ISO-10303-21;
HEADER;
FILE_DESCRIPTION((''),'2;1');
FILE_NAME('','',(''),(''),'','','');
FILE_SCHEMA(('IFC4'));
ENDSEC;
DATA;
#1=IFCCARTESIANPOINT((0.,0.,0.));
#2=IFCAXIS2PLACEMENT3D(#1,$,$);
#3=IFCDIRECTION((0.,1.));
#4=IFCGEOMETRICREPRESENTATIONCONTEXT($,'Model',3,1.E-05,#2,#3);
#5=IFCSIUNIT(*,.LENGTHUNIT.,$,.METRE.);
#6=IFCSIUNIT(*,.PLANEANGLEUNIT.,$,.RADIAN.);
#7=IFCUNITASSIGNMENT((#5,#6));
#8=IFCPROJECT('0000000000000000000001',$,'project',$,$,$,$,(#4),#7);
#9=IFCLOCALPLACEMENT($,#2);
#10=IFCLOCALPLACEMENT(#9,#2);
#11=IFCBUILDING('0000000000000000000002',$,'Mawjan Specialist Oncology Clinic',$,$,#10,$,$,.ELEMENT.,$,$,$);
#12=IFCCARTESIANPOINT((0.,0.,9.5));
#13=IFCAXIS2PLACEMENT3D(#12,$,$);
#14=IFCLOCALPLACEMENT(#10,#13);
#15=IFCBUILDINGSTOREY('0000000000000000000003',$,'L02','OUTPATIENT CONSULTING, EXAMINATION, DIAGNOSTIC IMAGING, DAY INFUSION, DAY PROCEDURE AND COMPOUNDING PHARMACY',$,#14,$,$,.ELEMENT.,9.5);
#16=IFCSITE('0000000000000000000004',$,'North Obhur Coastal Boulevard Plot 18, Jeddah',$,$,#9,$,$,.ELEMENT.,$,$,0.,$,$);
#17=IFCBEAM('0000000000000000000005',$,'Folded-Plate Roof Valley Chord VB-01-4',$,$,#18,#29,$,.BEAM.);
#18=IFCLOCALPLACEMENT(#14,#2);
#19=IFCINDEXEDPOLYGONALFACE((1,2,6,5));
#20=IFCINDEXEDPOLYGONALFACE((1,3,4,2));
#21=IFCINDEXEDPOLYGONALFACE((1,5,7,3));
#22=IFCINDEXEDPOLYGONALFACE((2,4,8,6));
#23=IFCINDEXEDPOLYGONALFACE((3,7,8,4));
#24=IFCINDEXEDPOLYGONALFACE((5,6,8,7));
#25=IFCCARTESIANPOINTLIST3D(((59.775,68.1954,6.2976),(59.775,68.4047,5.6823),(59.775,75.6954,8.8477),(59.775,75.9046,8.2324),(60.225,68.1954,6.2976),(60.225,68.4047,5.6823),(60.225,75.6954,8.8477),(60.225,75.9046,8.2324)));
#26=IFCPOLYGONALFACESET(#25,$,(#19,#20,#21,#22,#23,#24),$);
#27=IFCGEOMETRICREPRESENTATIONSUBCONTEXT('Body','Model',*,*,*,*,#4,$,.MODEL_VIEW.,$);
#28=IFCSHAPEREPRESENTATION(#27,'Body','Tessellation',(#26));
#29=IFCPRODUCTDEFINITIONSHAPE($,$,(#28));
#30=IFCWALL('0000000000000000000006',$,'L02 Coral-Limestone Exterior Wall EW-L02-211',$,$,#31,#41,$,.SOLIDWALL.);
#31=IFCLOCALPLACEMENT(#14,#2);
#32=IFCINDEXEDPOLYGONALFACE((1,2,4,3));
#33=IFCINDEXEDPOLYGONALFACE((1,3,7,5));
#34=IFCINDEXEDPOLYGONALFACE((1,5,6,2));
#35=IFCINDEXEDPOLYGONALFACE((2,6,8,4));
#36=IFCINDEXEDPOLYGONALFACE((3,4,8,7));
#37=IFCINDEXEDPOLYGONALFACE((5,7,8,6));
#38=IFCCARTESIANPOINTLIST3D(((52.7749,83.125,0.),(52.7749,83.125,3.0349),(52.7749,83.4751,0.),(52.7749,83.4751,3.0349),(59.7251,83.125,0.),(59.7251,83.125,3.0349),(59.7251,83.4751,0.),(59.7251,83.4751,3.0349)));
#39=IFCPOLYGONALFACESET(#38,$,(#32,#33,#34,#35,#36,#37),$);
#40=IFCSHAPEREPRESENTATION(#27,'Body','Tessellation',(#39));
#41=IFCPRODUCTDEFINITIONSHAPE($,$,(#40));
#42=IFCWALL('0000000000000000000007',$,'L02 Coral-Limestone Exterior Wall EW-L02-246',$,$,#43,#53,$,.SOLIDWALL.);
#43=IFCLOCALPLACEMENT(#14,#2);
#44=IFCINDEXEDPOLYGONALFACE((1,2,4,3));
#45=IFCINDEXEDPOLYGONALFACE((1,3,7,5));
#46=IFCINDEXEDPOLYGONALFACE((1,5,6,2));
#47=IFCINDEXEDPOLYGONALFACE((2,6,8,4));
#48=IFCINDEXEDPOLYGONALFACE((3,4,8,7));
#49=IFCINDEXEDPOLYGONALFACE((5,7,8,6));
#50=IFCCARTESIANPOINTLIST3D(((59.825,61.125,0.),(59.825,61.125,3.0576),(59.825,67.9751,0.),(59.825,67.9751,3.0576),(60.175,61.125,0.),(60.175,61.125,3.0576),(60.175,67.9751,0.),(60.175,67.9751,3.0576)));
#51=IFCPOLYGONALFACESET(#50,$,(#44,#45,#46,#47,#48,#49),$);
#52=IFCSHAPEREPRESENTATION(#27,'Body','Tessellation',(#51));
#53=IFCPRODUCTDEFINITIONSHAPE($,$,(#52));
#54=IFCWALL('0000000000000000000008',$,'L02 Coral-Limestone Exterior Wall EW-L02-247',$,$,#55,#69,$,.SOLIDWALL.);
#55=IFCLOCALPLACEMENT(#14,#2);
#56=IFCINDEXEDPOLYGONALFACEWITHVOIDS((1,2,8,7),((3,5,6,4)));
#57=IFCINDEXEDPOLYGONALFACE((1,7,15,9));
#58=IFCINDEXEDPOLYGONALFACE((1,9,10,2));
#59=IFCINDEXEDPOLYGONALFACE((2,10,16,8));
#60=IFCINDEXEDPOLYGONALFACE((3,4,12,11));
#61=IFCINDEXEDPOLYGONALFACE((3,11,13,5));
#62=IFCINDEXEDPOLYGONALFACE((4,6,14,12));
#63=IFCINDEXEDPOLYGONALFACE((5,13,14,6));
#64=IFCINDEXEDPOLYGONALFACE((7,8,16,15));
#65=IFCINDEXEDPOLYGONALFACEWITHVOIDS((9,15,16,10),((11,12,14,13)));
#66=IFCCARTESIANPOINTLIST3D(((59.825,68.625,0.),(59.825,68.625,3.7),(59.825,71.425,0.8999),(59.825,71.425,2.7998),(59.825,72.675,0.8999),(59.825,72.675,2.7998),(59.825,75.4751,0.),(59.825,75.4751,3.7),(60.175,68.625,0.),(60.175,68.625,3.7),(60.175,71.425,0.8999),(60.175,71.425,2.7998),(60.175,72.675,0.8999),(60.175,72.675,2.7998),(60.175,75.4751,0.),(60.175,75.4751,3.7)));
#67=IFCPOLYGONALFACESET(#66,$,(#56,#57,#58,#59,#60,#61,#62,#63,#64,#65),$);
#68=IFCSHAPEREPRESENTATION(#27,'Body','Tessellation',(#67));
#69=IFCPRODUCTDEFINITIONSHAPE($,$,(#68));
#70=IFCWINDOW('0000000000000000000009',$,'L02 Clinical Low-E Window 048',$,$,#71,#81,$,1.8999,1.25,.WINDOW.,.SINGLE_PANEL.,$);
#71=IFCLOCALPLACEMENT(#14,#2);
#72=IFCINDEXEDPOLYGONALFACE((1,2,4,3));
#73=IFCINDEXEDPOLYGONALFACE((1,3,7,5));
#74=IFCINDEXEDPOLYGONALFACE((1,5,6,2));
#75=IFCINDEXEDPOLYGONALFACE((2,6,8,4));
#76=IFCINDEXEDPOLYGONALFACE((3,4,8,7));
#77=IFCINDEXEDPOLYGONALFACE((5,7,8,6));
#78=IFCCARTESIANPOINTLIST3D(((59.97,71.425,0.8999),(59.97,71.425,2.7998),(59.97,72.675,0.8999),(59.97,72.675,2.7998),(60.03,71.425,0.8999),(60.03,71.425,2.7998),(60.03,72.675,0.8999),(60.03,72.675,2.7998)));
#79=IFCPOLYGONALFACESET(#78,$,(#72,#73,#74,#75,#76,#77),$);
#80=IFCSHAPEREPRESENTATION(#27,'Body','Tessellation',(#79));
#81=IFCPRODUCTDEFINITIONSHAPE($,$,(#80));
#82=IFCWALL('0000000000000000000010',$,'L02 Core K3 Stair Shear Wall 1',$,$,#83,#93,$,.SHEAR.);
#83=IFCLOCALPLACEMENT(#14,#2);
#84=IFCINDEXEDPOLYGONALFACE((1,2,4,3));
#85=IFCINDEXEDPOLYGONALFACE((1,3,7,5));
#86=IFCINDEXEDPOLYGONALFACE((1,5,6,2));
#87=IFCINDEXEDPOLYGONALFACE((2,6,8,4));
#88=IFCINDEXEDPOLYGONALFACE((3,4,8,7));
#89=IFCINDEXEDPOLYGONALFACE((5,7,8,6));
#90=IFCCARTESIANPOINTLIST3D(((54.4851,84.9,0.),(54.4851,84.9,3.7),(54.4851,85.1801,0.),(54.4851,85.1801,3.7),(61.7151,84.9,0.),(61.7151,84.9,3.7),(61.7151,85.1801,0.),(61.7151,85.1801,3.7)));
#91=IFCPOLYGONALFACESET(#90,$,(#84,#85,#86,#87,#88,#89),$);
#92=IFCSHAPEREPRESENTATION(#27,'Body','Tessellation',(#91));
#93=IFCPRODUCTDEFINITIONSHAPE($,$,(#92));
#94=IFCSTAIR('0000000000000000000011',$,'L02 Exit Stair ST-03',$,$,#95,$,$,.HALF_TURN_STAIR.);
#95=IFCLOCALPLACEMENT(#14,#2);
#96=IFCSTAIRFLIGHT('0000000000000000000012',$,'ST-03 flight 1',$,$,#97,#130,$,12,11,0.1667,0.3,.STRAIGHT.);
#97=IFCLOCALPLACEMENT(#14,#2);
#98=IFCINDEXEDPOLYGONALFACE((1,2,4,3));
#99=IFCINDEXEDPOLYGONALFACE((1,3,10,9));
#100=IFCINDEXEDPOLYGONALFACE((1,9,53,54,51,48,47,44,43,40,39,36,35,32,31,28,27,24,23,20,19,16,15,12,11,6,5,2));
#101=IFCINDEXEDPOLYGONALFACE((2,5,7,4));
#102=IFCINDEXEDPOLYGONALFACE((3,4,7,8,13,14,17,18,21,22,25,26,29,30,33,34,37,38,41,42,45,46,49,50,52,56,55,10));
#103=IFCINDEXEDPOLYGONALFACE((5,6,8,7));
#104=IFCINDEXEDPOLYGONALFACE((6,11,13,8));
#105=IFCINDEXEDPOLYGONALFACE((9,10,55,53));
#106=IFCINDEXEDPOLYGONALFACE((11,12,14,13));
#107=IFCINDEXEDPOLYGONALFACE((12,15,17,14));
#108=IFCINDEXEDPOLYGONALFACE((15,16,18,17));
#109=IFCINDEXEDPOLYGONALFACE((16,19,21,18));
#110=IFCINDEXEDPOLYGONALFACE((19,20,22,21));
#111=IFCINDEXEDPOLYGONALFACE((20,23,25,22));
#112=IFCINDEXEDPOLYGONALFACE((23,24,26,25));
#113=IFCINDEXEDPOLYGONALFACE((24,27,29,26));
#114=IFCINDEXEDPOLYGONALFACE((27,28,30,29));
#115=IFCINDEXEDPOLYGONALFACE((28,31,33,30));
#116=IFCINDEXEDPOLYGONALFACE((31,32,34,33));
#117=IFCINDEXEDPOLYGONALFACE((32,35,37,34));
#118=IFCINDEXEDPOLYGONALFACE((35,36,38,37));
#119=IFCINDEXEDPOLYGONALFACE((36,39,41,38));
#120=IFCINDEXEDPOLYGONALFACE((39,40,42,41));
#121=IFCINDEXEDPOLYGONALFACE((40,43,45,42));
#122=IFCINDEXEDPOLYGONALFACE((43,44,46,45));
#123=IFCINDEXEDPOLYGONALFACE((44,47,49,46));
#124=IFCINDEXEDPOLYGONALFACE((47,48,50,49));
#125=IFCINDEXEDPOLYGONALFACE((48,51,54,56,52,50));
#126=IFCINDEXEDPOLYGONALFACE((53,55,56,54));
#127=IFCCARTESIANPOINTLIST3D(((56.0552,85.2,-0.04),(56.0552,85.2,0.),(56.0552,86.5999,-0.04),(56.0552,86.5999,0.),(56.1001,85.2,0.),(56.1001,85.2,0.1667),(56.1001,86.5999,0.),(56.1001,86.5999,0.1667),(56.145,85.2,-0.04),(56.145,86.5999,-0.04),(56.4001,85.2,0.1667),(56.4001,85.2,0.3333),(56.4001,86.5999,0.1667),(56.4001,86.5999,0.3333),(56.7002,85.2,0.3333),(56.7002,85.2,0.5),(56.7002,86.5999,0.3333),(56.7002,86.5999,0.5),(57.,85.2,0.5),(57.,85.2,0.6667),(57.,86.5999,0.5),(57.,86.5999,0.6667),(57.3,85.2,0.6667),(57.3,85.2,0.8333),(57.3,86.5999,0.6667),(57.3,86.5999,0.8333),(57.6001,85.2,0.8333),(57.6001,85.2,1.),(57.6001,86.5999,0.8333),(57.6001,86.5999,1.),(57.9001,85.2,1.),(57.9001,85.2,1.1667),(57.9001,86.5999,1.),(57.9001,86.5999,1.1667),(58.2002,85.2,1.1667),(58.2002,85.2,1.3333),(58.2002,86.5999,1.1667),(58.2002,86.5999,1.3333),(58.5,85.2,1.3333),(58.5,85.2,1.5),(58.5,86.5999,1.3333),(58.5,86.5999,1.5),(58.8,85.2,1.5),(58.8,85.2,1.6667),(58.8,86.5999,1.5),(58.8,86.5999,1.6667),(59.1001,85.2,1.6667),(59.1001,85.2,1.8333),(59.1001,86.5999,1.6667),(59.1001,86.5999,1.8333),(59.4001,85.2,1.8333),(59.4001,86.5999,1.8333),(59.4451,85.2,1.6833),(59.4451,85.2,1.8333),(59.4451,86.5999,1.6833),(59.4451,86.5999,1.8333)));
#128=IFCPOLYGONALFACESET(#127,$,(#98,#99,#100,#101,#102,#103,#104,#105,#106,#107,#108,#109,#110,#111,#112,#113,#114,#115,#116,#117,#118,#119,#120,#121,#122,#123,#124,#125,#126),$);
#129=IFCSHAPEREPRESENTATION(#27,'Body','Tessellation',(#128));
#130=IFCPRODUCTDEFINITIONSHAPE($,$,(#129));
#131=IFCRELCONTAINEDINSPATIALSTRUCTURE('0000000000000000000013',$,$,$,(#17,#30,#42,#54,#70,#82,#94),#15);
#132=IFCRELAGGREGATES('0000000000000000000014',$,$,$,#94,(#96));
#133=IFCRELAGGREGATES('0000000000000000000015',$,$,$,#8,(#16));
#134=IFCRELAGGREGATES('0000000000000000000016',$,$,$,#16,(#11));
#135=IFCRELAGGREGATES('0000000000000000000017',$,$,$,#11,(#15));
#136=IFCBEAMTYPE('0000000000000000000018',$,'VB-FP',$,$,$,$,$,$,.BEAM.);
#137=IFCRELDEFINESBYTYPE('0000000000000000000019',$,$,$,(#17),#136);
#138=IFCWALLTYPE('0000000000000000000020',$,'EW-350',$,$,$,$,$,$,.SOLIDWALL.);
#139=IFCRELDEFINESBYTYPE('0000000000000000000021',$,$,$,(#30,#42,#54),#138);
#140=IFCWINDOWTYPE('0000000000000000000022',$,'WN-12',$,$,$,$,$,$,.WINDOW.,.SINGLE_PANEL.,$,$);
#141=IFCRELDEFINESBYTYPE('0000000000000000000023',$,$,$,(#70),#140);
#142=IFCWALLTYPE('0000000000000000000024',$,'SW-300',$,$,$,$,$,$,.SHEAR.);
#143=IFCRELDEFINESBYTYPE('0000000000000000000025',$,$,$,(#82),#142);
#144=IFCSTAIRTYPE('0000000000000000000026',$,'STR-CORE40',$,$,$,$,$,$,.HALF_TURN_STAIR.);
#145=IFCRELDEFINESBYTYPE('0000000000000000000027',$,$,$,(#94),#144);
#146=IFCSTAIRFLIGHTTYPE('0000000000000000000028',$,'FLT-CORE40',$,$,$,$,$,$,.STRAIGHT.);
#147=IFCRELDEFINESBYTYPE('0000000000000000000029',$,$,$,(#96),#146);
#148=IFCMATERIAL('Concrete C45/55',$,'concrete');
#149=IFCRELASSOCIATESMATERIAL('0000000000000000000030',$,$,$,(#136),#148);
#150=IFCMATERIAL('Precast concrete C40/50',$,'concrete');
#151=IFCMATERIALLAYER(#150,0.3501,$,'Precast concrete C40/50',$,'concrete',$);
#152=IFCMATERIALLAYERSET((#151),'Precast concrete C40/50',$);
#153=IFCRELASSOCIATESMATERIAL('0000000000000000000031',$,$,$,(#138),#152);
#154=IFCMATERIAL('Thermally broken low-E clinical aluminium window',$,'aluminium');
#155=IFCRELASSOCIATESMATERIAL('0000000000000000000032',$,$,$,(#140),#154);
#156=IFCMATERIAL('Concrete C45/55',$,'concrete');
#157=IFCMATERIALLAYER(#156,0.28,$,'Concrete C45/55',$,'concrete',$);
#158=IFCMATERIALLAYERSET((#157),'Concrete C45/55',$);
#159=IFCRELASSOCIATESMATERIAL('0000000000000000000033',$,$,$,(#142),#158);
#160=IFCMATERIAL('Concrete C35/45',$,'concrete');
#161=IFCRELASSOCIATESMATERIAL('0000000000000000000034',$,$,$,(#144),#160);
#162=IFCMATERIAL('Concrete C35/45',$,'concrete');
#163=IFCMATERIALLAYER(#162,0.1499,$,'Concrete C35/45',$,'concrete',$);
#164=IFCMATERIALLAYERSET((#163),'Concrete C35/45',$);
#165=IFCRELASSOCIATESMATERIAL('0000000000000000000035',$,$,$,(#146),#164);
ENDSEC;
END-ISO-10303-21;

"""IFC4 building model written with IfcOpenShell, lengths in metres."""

from ifc_helpers import new_model, si_unit, direction, frame, frame_2d, origin, origin_2d, place, context, subcontext, project, spatial, polyline, rectangle, outline, extrude, material, layer, layer_set, material_profile, profile_set, type_object, element, fill, aggregate, save


model = new_model("IFC4")

# Units and contexts
model_context = context("Model", 3, precision=1e-05, world=origin(), true_north=direction((0.0, 1.0)))
body_context = subcontext(model_context, "Body", "Model", "MODEL_VIEW")
ifc_project = project(units=[si_unit("LENGTHUNIT", "METRE"), si_unit("PLANEANGLEUNIT", "RADIAN")], contexts=[model_context])

# Site, building, storey
site_placement = place(None, origin())
site = spatial("IfcSite", under=ifc_project, at=site_placement, Name="North Obhur Coastal Boulevard Plot 18, Jeddah", CompositionType="ELEMENT", RefElevation=0.0)
building_placement = place(site_placement, origin())
building = spatial("IfcBuilding", under=site, at=building_placement, Name="Mawjan Specialist Oncology Clinic", CompositionType="ELEMENT")
storey_placement = place(building_placement, frame((0.0, 0.0, 9.5)))
storey = spatial("IfcBuildingStorey", under=building, at=storey_placement, Name="L02", Description="OUTPATIENT CONSULTING, EXAMINATION, DIAGNOSTIC IMAGING, DAY INFUSION, DAY PROCEDURE AND COMPOUNDING PHARMACY", CompositionType="ELEMENT", Elevation=9.5)

# Beam
ifc_material_1 = material(Name="Concrete C45/55", Category="concrete")
ifc_material_profile_1 = material_profile(ifc_material_1, rectangle(XDim=0.45, YDim=0.6499, at=origin_2d()), Name="RC VALLEY 450x650", Category="concrete")
ifc_profile_set_1 = profile_set([ifc_material_profile_1], Name="Concrete C45/55")
beam_type_1 = type_object("IfcBeamType", Name="VB-FP", PredefinedType="BEAM", material=ifc_profile_set_1)
beam_1_placement = place(storey_placement, frame((60.0, 68.3, 5.99), z_axis=(0.0, 0.946771, 0.321908), x_axis=(-1.0, 0.0, 0.0)))
element("IfcBeam", 1, at=beam_1_placement, inside=storey, type_object=beam_type_1, Name="Folded-Plate Roof Valley Chord VB-01-4", PredefinedType="BEAM", context=body_context, shape_type="SweptSolid", body=[
    extrude(rectangle(XDim=0.45, YDim=0.6499, at=origin_2d()), origin(), (0.0, 0.0, 1.0), 7.9216),
])

# Walls
ifc_material_2 = material(Name="Precast concrete C40/50", Category="concrete")
ifc_layer_1 = layer(ifc_material_2, 0.3501, Name="Precast concrete C40/50", Category="concrete")
ifc_layer_set_1 = layer_set([ifc_layer_1], Name="Precast concrete C40/50")
wall_type_1 = type_object("IfcWallType", Name="EW-350", PredefinedType="SOLIDWALL", material=ifc_layer_set_1)
wall_1_placement = place(storey_placement, frame((59.7251, 83.3, 0.0), z_axis=(0.0, 0.0, 1.0), x_axis=(-1.0, 0.0, 0.0)))
element("IfcWall", 2, at=wall_1_placement, inside=storey, type_object=wall_type_1, Name="L02 Coral-Limestone Exterior Wall EW-L02-211", PredefinedType="SOLIDWALL", context=body_context, shape_type="SweptSolid", body=[
    extrude(rectangle(XDim=6.9502, YDim=0.3501, at=frame_2d((3.4751, 0.0))), origin(), (0.0, 0.0, 1.0), 3.0349),
])
wall_2_placement = place(storey_placement, frame((60.0, 61.125, 0.0), z_axis=(0.0, 0.0, 1.0), x_axis=(0.0, 1.0, 0.0)))
element("IfcWall", 3, at=wall_2_placement, inside=storey, type_object=wall_type_1, Name="L02 Coral-Limestone Exterior Wall EW-L02-246", PredefinedType="SOLIDWALL", context=body_context, shape_type="SweptSolid", body=[
    extrude(rectangle(XDim=6.8501, YDim=0.3501, at=frame_2d((3.425, 0.0))), origin(), (0.0, 0.0, 1.0), 3.0576),
])

# Wall, opening, window
wall_3_placement = place(storey_placement, frame((60.0, 68.625, 0.0), z_axis=(0.0, 0.0, 1.0), x_axis=(0.0, 1.0, 0.0)))
wall_3 = element("IfcWall", 4, at=wall_3_placement, inside=storey, type_object=wall_type_1, Name="L02 Coral-Limestone Exterior Wall EW-L02-247", PredefinedType="SOLIDWALL", context=body_context, shape_type="SweptSolid", body=[
    extrude(rectangle(XDim=6.8501, YDim=0.3501, at=frame_2d((3.425, 0.0))), origin(), (0.0, 0.0, 1.0), 3.7),
])
opening_placement = place(wall_3_placement, frame((2.8, 0.0, 0.8999)))
opening = element("IfcOpeningElement", 5, at=opening_placement, cuts=wall_3, PredefinedType="OPENING", context=body_context, shape_type="SweptSolid", body=[
    extrude(rectangle(XDim=1.25, YDim=1.8999, at=frame_2d((0.625, 0.95))), frame((0.0, 0.187, 0.0), z_axis=(0.0, -1.0, 0.0), x_axis=(1.0, 0.0, 0.0)), (0.0, 0.0, 1.0), 0.374),
])
ifc_material_3 = material(Name="Thermally broken low-E clinical aluminium window", Category="aluminium")
window_type = type_object("IfcWindowType", Name="WN-12", PartitioningType="SINGLE_PANEL", PredefinedType="WINDOW", material=ifc_material_3)
window_placement = place(opening_placement, origin())
window = element("IfcWindow", 6, at=window_placement, inside=storey, type_object=window_type, Name="L02 Clinical Low-E Window 048", OverallHeight=1.8999, OverallWidth=1.25, PartitioningType="SINGLE_PANEL", PredefinedType="WINDOW", context=body_context, shape_type="SweptSolid", body=[
    extrude(rectangle(XDim=1.25, YDim=1.8999, at=frame_2d((0.625, 0.95))), frame((0.0, 0.03, 0.0), z_axis=(0.0, -1.0, 0.0), x_axis=(1.0, 0.0, 0.0)), (0.0, 0.0, 1.0), 0.0601),
])
fill(opening, window)

# Wall
ifc_material_4 = material(Name="Concrete C45/55", Category="concrete")
ifc_layer_2 = layer(ifc_material_4, 0.28, Name="Concrete C45/55", Category="concrete")
ifc_layer_set_2 = layer_set([ifc_layer_2], Name="Concrete C45/55")
wall_type_2 = type_object("IfcWallType", Name="SW-300", PredefinedType="SHEAR", material=ifc_layer_set_2)
wall_4_placement = place(storey_placement, frame((54.4851, 85.04, 0.0), z_axis=(0.0, 0.0, 1.0), x_axis=(1.0, 0.0, 0.0)))
element("IfcWall", 7, at=wall_4_placement, inside=storey, type_object=wall_type_2, Name="L02 Core K3 Stair Shear Wall 1", PredefinedType="SHEAR", context=body_context, shape_type="SweptSolid", body=[
    extrude(rectangle(XDim=7.23, YDim=0.28, at=frame_2d((3.615, 0.0))), origin(), (0.0, 0.0, 1.0), 3.7),
])

# Stair, stair flight
ifc_material_5 = material(Name="Concrete C35/45", Category="concrete")
stair_type = type_object("IfcStairType", Name="STR-CORE40", PredefinedType="HALF_TURN_STAIR", material=ifc_material_5)
stair_placement = place(storey_placement, origin())
stair = element("IfcStair", 8, at=stair_placement, inside=storey, type_object=stair_type, Name="L02 Exit Stair ST-03", PredefinedType="HALF_TURN_STAIR")
ifc_material_6 = material(Name="Concrete C35/45", Category="concrete")
ifc_layer_3 = layer(ifc_material_6, 0.1499, Name="Concrete C35/45", Category="concrete")
ifc_layer_set_3 = layer_set([ifc_layer_3], Name="Concrete C35/45")
stair_flight_type = type_object("IfcStairFlightType", Name="FLT-CORE40", PredefinedType="STRAIGHT", material=ifc_layer_set_3)
stair_flight_placement = place(storey_placement, frame((56.1001, 85.8999, 0.0), z_axis=(0.0, 0.0, 1.0), x_axis=(1.0, 0.0, 0.0)))
stair_flight = element("IfcStairFlight", 9, at=stair_flight_placement, type_object=stair_flight_type, Name="ST-03 flight 1", NumberOfRisers=12, NumberOfTreads=11, PredefinedType="STRAIGHT", RiserHeight=0.1667, TreadLength=0.3, context=body_context, shape_type="SweptSolid", body=[
    extrude(outline(polyline([(-0.0449, -0.04), (-0.0449, 0.0), (0.0, 0.0), (0.0, 0.1667), (0.3, 0.1667), (0.3, 0.3333), (0.6001, 0.3333), (0.6001, 0.5), (0.8999, 0.5), (0.8999, 0.6667), (1.2, 0.6667), (1.2, 0.8333), (1.5, 0.8333), (1.5, 1.0), (1.8, 1.0), (1.8, 1.1667), (2.1001, 1.1667), (2.1001, 1.3333), (2.3999, 1.3333), (2.3999, 1.5), (2.7, 1.5), (2.7, 1.6667), (3.0, 1.6667), (3.0, 1.8333), (3.3, 1.8333), (3.345, 1.8333), (3.345, 1.6833), (0.0449, -0.04), (-0.0449, -0.04)])), frame((0.0, 0.7, 0.0), z_axis=(0.0, -1.0, 0.0), x_axis=(1.0, 0.0, 0.0)), (0.0, 0.0, 1.0), 1.3999),
])
aggregate(stair, [stair_flight])

save(model, "model.ifc")
